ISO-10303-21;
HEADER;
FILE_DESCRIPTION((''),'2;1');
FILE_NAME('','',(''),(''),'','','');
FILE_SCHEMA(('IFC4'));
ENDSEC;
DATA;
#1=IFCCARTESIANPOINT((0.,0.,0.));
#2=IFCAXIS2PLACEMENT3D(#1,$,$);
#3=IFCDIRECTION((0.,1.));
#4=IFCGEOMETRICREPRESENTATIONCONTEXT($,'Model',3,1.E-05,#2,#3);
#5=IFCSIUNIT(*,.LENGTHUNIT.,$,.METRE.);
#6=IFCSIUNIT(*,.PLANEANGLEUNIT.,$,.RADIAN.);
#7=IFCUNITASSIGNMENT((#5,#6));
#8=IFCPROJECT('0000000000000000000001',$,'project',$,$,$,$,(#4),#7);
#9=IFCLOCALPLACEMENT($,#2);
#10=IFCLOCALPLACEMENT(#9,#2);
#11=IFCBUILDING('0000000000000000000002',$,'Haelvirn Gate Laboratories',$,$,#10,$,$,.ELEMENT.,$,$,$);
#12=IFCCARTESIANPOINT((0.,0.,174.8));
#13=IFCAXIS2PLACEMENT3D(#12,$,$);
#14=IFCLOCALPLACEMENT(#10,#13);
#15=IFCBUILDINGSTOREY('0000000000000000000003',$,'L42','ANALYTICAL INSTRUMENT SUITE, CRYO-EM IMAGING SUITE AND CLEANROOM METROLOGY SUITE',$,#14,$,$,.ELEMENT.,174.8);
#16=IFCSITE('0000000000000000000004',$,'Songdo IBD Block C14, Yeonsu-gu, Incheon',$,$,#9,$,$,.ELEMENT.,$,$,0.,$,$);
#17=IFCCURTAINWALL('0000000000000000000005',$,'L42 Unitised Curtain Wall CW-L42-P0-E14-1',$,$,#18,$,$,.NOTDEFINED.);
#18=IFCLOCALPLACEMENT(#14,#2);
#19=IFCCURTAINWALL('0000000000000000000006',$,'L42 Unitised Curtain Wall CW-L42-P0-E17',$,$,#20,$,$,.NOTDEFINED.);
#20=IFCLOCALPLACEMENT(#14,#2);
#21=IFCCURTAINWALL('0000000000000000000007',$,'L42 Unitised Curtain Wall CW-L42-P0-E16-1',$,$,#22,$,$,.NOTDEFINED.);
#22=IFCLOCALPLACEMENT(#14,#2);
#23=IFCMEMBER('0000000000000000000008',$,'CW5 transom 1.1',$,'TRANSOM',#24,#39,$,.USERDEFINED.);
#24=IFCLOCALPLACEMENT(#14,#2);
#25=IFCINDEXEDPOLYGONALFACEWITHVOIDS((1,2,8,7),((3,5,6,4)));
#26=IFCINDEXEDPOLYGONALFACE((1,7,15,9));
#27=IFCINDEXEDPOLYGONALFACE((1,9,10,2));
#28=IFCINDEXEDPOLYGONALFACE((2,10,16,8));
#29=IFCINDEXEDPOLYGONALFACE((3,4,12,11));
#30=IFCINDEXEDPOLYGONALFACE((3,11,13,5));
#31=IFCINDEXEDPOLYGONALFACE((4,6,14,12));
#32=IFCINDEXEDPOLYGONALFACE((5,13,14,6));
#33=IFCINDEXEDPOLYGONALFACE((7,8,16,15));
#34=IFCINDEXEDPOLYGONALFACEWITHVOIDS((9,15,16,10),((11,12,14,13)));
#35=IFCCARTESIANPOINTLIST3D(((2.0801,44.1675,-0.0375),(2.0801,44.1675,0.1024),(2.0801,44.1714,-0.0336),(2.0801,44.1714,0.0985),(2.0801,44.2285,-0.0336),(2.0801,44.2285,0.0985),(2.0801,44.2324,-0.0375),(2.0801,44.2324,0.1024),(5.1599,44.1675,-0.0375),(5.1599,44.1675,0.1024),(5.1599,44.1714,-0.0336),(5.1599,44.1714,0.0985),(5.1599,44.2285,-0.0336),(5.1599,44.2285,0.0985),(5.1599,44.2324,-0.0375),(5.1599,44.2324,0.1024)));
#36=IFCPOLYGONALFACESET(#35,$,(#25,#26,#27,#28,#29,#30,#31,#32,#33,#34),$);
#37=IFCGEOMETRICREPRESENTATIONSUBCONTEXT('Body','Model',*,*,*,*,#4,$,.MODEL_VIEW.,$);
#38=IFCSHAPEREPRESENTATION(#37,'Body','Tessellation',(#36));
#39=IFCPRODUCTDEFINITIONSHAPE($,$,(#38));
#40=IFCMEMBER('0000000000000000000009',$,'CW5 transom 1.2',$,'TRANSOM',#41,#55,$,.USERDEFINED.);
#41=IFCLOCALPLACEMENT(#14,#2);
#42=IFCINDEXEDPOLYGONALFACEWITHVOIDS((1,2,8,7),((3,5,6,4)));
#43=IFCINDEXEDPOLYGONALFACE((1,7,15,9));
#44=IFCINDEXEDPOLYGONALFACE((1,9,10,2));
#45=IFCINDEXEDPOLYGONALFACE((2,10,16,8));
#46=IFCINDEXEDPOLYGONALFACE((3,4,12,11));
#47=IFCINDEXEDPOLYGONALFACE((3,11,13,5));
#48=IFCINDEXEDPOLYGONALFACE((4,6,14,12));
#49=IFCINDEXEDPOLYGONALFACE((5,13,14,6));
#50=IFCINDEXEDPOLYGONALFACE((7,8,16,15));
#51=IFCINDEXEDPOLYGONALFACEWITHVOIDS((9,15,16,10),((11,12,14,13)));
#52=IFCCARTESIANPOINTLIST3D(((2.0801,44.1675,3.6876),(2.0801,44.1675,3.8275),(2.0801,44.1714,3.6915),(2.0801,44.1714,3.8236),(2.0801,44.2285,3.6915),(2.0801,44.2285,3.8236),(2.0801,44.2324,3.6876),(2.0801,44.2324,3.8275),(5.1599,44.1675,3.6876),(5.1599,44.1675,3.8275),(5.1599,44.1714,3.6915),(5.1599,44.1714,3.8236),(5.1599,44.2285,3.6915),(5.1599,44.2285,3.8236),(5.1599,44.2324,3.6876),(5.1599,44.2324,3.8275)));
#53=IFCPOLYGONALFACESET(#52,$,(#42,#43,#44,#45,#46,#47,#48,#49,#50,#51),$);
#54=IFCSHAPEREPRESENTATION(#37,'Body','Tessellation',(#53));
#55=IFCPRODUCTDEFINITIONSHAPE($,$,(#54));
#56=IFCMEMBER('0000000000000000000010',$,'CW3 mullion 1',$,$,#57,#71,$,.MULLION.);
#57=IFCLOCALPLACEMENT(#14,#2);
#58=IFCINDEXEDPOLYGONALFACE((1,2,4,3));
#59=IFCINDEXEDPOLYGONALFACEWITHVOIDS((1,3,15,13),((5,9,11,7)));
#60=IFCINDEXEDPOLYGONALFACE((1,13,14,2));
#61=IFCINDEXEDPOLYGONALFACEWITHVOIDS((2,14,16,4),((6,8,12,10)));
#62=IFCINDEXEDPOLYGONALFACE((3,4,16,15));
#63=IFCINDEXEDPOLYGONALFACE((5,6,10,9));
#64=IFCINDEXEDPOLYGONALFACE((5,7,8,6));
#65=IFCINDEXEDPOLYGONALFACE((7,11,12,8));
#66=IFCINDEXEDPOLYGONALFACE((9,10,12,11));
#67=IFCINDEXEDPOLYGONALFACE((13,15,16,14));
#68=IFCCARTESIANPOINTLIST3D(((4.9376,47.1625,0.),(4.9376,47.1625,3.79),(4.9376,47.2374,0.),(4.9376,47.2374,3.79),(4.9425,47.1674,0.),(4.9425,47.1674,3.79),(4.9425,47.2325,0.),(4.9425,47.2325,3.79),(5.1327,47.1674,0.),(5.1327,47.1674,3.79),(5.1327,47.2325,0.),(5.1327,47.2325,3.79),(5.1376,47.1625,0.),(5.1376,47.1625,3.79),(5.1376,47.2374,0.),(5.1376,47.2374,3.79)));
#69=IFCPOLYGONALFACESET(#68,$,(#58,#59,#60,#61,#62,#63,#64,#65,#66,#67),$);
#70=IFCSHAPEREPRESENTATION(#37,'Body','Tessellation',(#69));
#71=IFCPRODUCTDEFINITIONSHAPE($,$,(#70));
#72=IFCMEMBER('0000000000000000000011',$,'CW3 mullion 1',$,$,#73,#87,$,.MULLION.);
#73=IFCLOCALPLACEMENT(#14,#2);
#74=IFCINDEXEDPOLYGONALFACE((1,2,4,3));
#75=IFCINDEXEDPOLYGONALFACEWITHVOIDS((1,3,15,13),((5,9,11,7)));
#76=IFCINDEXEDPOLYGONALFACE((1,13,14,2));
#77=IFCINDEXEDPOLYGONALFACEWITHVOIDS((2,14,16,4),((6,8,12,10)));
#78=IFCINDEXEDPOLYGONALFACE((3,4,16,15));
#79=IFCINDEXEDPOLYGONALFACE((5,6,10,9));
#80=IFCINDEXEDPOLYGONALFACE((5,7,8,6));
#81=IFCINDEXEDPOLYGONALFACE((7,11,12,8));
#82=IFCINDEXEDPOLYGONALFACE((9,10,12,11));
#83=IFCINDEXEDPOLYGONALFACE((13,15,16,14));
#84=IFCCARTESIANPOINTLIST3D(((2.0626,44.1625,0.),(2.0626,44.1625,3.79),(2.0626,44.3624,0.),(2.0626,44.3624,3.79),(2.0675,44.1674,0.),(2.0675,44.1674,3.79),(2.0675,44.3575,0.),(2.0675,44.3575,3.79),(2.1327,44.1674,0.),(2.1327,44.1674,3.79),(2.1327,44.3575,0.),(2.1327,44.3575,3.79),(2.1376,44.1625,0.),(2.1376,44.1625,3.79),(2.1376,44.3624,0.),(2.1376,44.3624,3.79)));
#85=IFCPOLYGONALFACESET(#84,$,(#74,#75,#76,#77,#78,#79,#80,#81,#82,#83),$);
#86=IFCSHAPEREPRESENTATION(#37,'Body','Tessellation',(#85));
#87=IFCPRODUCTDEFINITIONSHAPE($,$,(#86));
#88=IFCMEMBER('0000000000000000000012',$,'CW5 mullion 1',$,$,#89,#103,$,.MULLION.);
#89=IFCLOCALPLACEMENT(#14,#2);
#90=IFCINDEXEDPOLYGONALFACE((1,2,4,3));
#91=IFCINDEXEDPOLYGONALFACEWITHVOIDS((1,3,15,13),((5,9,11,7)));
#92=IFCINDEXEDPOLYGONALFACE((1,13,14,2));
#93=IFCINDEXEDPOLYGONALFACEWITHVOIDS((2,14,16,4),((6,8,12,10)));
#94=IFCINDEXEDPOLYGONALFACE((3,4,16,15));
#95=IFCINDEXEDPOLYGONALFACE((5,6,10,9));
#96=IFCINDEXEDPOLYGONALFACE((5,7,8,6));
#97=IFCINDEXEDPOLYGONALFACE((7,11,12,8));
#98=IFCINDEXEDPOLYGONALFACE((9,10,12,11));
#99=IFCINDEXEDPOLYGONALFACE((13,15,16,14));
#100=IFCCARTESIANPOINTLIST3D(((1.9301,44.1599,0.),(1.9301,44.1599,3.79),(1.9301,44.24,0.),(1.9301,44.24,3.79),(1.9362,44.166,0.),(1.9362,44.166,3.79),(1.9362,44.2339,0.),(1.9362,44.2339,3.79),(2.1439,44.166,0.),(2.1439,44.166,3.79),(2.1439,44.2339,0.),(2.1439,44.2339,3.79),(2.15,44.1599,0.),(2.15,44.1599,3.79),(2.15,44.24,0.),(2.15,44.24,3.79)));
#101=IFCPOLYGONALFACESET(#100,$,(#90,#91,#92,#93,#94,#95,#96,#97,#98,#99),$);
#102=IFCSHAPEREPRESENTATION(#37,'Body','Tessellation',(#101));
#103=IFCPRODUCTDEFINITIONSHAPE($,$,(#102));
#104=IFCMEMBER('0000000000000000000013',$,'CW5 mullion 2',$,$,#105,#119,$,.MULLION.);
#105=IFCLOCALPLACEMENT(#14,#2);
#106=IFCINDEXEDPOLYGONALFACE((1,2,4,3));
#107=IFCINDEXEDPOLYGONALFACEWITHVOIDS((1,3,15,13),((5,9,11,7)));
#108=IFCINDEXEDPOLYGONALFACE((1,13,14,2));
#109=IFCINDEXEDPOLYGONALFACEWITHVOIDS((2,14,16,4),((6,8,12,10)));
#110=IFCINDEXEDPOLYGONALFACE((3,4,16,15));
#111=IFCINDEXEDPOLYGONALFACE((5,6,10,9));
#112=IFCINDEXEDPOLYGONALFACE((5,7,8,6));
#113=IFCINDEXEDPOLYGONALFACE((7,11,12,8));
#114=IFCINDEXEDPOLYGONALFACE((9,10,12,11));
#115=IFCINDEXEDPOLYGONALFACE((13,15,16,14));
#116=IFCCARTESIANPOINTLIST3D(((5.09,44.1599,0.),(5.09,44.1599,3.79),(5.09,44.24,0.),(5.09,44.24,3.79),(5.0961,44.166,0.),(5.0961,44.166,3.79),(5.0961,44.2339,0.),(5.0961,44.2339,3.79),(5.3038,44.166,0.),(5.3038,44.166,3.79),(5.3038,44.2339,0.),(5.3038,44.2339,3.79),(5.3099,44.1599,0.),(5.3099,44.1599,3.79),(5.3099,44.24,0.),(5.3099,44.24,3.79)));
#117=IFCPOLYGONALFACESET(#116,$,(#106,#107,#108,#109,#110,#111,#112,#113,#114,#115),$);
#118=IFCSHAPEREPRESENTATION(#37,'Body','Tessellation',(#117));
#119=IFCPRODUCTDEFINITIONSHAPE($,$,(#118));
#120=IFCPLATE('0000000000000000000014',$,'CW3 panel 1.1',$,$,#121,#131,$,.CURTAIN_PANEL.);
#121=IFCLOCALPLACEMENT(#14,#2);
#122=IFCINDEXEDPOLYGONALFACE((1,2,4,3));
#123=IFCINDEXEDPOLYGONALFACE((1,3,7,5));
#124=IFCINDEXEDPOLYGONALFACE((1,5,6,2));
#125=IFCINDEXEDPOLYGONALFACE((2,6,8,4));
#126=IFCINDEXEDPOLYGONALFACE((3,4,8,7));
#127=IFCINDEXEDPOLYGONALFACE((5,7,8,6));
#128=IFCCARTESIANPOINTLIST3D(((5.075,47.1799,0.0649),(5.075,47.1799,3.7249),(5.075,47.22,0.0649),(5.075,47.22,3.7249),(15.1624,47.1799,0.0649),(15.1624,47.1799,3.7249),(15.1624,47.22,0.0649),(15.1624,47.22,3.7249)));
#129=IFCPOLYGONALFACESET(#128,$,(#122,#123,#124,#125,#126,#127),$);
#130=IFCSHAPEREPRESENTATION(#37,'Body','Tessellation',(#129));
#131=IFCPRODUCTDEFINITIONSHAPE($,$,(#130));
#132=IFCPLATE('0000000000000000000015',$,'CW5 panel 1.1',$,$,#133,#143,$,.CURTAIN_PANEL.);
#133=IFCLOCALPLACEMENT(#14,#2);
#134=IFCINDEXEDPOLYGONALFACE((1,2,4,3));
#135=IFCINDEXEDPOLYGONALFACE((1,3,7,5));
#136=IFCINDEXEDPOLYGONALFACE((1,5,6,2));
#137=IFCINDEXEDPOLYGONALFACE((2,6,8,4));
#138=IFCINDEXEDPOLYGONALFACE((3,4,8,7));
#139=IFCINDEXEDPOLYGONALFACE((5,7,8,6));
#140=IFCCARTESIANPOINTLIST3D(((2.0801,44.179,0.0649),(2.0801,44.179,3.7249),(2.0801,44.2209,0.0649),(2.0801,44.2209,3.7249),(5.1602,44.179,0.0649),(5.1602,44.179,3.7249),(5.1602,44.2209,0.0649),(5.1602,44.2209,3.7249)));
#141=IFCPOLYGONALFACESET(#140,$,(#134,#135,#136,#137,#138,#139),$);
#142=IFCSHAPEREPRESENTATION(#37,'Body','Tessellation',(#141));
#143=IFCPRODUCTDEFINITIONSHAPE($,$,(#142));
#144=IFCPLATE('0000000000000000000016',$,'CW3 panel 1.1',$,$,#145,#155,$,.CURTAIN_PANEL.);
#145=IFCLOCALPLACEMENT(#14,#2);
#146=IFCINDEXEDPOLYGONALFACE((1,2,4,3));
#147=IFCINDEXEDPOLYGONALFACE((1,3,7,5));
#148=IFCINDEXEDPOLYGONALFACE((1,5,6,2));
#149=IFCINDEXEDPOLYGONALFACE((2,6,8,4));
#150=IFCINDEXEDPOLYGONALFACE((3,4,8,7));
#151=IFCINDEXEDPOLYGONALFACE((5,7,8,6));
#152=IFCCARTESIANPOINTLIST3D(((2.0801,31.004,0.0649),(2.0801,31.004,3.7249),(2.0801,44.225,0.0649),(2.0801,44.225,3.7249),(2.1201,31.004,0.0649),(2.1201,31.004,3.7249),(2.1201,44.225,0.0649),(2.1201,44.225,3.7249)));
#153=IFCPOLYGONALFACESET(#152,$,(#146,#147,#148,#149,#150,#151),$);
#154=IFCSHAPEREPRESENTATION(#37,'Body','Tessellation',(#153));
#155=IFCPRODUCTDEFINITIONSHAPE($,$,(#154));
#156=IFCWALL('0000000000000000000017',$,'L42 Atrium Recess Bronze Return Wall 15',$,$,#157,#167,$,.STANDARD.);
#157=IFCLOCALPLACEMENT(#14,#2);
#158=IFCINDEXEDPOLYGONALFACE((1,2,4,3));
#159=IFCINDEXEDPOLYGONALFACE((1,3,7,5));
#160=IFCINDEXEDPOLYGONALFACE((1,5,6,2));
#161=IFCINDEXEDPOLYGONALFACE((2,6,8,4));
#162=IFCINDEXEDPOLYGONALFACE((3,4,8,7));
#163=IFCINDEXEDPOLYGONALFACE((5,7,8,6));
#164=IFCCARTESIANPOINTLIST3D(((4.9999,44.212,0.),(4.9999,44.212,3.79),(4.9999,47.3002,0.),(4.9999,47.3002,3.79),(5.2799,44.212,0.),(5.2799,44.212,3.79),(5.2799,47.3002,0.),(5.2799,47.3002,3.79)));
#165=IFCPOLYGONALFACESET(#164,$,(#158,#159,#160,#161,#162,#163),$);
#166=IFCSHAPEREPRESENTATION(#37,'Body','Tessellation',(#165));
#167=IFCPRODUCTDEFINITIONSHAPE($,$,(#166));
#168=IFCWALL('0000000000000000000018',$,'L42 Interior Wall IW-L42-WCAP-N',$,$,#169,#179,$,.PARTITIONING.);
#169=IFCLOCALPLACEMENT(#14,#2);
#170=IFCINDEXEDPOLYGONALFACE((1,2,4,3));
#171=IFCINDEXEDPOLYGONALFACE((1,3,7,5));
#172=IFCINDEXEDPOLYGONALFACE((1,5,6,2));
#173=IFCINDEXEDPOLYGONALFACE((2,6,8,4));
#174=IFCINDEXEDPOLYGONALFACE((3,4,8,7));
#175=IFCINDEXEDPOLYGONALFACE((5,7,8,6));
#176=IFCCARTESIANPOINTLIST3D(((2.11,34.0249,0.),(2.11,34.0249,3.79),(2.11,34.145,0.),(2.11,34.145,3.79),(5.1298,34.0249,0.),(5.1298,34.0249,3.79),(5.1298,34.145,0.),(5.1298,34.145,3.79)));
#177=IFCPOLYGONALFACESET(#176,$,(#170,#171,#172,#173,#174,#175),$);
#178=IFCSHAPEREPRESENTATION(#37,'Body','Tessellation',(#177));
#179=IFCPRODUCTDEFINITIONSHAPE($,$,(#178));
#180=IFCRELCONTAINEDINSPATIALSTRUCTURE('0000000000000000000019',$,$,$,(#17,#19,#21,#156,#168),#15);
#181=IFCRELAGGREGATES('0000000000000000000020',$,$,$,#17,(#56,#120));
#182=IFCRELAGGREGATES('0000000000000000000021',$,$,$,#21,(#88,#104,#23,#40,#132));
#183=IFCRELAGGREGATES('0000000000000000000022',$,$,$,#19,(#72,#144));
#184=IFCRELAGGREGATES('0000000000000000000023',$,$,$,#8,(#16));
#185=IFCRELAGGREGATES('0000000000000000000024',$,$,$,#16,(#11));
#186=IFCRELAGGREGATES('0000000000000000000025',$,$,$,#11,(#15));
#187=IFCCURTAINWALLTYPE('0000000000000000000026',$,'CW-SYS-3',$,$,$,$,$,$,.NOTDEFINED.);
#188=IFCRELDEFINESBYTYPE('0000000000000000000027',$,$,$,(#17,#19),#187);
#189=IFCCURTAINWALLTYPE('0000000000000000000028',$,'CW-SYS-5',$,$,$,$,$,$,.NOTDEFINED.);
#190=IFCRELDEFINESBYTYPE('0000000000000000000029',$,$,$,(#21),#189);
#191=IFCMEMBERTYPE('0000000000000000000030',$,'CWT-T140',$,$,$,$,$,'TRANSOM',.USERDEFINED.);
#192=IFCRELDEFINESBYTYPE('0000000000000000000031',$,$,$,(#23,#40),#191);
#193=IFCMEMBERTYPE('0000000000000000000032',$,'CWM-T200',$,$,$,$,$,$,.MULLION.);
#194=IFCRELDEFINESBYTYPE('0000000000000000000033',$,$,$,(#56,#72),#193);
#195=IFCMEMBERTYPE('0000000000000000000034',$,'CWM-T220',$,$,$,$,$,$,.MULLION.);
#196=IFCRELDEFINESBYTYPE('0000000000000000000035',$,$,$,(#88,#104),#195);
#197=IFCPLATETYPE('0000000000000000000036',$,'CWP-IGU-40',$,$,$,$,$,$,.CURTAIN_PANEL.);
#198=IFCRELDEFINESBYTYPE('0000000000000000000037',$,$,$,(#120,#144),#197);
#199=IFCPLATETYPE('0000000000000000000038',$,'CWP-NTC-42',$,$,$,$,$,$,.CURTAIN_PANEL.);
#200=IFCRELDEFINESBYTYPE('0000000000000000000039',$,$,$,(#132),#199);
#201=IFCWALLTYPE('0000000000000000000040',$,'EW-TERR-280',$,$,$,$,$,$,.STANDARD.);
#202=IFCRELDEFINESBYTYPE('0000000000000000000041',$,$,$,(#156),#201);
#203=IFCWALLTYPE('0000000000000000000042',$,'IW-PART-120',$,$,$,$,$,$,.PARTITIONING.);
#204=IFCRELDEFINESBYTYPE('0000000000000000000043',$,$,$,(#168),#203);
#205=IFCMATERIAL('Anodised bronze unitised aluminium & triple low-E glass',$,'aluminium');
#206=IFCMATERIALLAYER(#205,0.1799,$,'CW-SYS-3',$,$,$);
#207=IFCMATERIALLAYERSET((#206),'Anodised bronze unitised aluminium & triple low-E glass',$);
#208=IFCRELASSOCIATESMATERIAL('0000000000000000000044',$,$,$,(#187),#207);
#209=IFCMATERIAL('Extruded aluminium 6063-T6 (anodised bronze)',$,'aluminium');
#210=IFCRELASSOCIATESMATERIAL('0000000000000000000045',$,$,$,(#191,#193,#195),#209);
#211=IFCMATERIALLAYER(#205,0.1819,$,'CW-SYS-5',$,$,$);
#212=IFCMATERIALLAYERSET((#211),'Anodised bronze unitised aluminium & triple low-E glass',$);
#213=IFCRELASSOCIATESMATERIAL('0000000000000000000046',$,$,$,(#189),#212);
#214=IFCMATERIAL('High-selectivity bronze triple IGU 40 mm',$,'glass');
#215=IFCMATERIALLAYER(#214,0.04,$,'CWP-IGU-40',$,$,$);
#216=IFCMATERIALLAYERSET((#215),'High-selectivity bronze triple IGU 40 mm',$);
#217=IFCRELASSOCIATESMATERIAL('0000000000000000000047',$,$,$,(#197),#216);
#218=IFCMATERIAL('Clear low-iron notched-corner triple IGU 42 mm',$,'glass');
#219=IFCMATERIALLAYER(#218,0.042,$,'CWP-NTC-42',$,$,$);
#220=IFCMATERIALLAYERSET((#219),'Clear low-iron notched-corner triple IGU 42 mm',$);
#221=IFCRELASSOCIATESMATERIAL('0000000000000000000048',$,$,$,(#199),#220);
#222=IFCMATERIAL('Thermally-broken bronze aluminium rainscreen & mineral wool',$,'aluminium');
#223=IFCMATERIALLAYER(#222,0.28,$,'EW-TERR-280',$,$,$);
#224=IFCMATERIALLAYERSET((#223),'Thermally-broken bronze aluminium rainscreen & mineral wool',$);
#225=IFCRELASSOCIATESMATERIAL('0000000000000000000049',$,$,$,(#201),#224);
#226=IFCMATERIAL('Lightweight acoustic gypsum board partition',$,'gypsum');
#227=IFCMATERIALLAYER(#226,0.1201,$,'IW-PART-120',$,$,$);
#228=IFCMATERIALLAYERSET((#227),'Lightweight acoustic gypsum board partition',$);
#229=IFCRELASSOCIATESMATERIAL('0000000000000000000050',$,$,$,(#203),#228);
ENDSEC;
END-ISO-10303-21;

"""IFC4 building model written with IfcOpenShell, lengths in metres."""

from ifc_helpers import new_model, si_unit, direction, frame, frame_2d, origin, origin_2d, place, context, subcontext, project, spatial, rectangle, hollow_rectangle, extrude, source, transform, mapped, material, layer, layer_set, material_profile, profile_set, type_object, type_shapes, element, aggregate, save


model = new_model("IFC4")

# Units and contexts
model_context = context("Model", 3, precision=1e-05, world=origin(), true_north=direction((0.0, 1.0)))
body_context = subcontext(model_context, "Body", "Model", "MODEL_VIEW")
ifc_project = project(units=[si_unit("LENGTHUNIT", "METRE"), si_unit("PLANEANGLEUNIT", "RADIAN")], contexts=[model_context])

# Site, building, storey
site_placement = place(None, origin())
site = spatial("IfcSite", under=ifc_project, at=site_placement, Name="Songdo IBD Block C14, Yeonsu-gu, Incheon", CompositionType="ELEMENT", RefElevation=0.0)
building_placement = place(site_placement, origin())
building = spatial("IfcBuilding", under=site, at=building_placement, Name="Haelvirn Gate Laboratories", CompositionType="ELEMENT")
storey_placement = place(building_placement, frame((0.0, 0.0, 174.8)))
storey = spatial("IfcBuildingStorey", under=building, at=storey_placement, Name="L42", Description="ANALYTICAL INSTRUMENT SUITE, CRYO-EM IMAGING SUITE AND CLEANROOM METROLOGY SUITE", CompositionType="ELEMENT", Elevation=174.8)

# Curtain walls, members
ifc_material_1 = material(Name="Anodised bronze unitised aluminium & triple low-E glass", Category="aluminium")
ifc_layer_1 = layer(ifc_material_1, 0.1799, Name="CW-SYS-3")
ifc_layer_set_1 = layer_set([ifc_layer_1], Name="Anodised bronze unitised aluminium & triple low-E glass")
curtain_wall_type_1 = type_object("IfcCurtainWallType", Name="CW-SYS-3", PredefinedType="NOTDEFINED", material=ifc_layer_set_1)
curtain_wall_1_placement = place(storey_placement, origin())
curtain_wall_1 = element("IfcCurtainWall", 1, at=curtain_wall_1_placement, inside=storey, type_object=curtain_wall_type_1, Name="L42 Unitised Curtain Wall CW-L42-P0-E14-1", PredefinedType="NOTDEFINED")
ifc_material_2 = material(Name="Extruded aluminium 6063-T6 (anodised bronze)", Category="aluminium")
ifc_material_profile_1 = material_profile(ifc_material_2, hollow_rectangle(XDim=0.0649, YDim=0.1399, WallThickness=0.0039, at=origin_2d()), Name="CWT-140x65x4")
ifc_profile_set_1 = profile_set([ifc_material_profile_1], Name="Extruded aluminium 6063-T6 (anodised bronze)")
member_type_1 = type_object("IfcMemberType", Name="CWT-T140", ElementType="TRANSOM", PredefinedType="USERDEFINED", material=ifc_profile_set_1)
curtain_wall_2_placement = place(storey_placement, origin())
curtain_wall_2 = element("IfcCurtainWall", 2, at=curtain_wall_2_placement, inside=storey, type_object=curtain_wall_type_1, Name="L42 Unitised Curtain Wall CW-L42-P0-E17", PredefinedType="NOTDEFINED")
ifc_layer_2 = layer(ifc_material_1, 0.1819, Name="CW-SYS-5")
ifc_layer_set_2 = layer_set([ifc_layer_2], Name="Anodised bronze unitised aluminium & triple low-E glass")
curtain_wall_type_2 = type_object("IfcCurtainWallType", Name="CW-SYS-5", PredefinedType="NOTDEFINED", material=ifc_layer_set_2)
curtain_wall_3_placement = place(storey_placement, origin())
curtain_wall_3 = element("IfcCurtainWall", 3, at=curtain_wall_3_placement, inside=storey, type_object=curtain_wall_type_2, Name="L42 Unitised Curtain Wall CW-L42-P0-E16-1", PredefinedType="NOTDEFINED")
shared_shape_1 = source(origin(), body_context, "Body", "SweptSolid", [
    extrude(hollow_rectangle(XDim=0.0649, YDim=0.1399, WallThickness=0.0039, at=origin_2d()), origin(), (0.0, 0.0, 1.0), 3.0798),
])
member_1_placement = place(storey_placement, frame((2.0801, 44.2, 0.0325), z_axis=(1.0, 0.0, 0.0), x_axis=(0.0, 1.0, 0.0)))
member_1 = element("IfcMember", 4, at=member_1_placement, type_object=member_type_1, Name="CW5 transom 1.1", ObjectType="TRANSOM", PredefinedType="USERDEFINED", context=body_context, shape_type="MappedRepresentation", body=[
    mapped(shared_shape_1, transform((0.0, 0.0, 0.0), scale=1.0)),
])
member_2_placement = place(storey_placement, frame((2.0801, 44.2, 3.7576), z_axis=(1.0, 0.0, 0.0), x_axis=(0.0, 1.0, 0.0)))
member_2 = element("IfcMember", 5, at=member_2_placement, type_object=member_type_1, Name="CW5 transom 1.2", ObjectType="TRANSOM", PredefinedType="USERDEFINED", context=body_context, shape_type="MappedRepresentation", body=[
    mapped(shared_shape_1, transform((0.0, 0.0, 0.0), scale=1.0)),
])

# Members
ifc_material_profile_2 = material_profile(ifc_material_2, hollow_rectangle(XDim=0.075, YDim=0.2, WallThickness=0.0049, at=origin_2d()), Name="CWM-200x75x5")
ifc_profile_set_2 = profile_set([ifc_material_profile_2], Name="Extruded aluminium 6063-T6 (anodised bronze)")
member_type_2 = type_object("IfcMemberType", Name="CWM-T200", PredefinedType="MULLION", material=ifc_profile_set_2)
shared_shape_2 = source(origin(), body_context, "Body", "SweptSolid", [
    extrude(hollow_rectangle(XDim=0.075, YDim=0.2, WallThickness=0.0049, at=origin_2d()), origin(), (0.0, 0.0, 1.0), 3.79),
])
type_shapes(member_type_2, [shared_shape_2])
member_3_placement = place(storey_placement, frame((5.0376, 47.2, 0.0), z_axis=(0.0, 0.0, 1.0), x_axis=(0.0, 1.0, 0.0)))
member_3 = element("IfcMember", 6, at=member_3_placement, type_object=member_type_2, Name="CW3 mullion 1", PredefinedType="MULLION", context=body_context, shape_type="MappedRepresentation", body=[
    mapped(shared_shape_2, transform((0.0, 0.0, 0.0), scale=1.0)),
])
member_4_placement = place(storey_placement, frame((2.1001, 44.2625, 0.0), z_axis=(0.0, 0.0, 1.0), x_axis=(1.0, 0.0, 0.0)))
member_4 = element("IfcMember", 7, at=member_4_placement, type_object=member_type_2, Name="CW3 mullion 1", PredefinedType="MULLION", context=body_context, shape_type="MappedRepresentation", body=[
    mapped(shared_shape_2, transform((0.0, 0.0, 0.0), scale=1.0)),
])
ifc_material_profile_3 = material_profile(ifc_material_2, hollow_rectangle(XDim=0.0801, YDim=0.22, WallThickness=0.0061, at=origin_2d()), Name="CWM-220x80x6")
ifc_profile_set_3 = profile_set([ifc_material_profile_3], Name="Extruded aluminium 6063-T6 (anodised bronze)")
member_type_3 = type_object("IfcMemberType", Name="CWM-T220", PredefinedType="MULLION", material=ifc_profile_set_3)
shared_shape_3 = source(origin(), body_context, "Body", "SweptSolid", [
    extrude(hollow_rectangle(XDim=0.0801, YDim=0.22, WallThickness=0.0061, at=origin_2d()), origin(), (0.0, 0.0, 1.0), 3.79),
])
type_shapes(member_type_3, [shared_shape_3])
member_5_placement = place(storey_placement, frame((2.04, 44.2, 0.0), z_axis=(0.0, 0.0, 1.0), x_axis=(0.0, 1.0, 0.0)))
member_5 = element("IfcMember", 8, at=member_5_placement, type_object=member_type_3, Name="CW5 mullion 1", PredefinedType="MULLION", context=body_context, shape_type="MappedRepresentation", body=[
    mapped(shared_shape_3, transform((0.0, 0.0, 0.0), scale=1.0)),
])
member_6_placement = place(storey_placement, frame((5.2, 44.2, 0.0), z_axis=(0.0, 0.0, 1.0), x_axis=(0.0, 1.0, 0.0)))
member_6 = element("IfcMember", 9, at=member_6_placement, type_object=member_type_3, Name="CW5 mullion 2", PredefinedType="MULLION", context=body_context, shape_type="MappedRepresentation", body=[
    mapped(shared_shape_3, transform((0.0, 0.0, 0.0), scale=1.0)),
])

# Plates
ifc_material_3 = material(Name="High-selectivity bronze triple IGU 40 mm", Category="glass")
ifc_layer_3 = layer(ifc_material_3, 0.04, Name="CWP-IGU-40")
ifc_layer_set_3 = layer_set([ifc_layer_3], Name="High-selectivity bronze triple IGU 40 mm")
plate_type_1 = type_object("IfcPlateType", Name="CWP-IGU-40", PredefinedType="CURTAIN_PANEL", material=ifc_layer_set_3)
shared_shape_4 = source(origin(), body_context, "Body", "SweptSolid", [
    extrude(rectangle(XDim=10.0874, YDim=0.04, at=origin_2d()), origin(), (0.0, 0.0, 1.0), 3.6599),
])
plate_1_placement = place(storey_placement, frame((10.1187, 47.2, 0.0649), z_axis=(0.0, 0.0, 1.0), x_axis=(1.0, 0.0, 0.0)))
plate_1 = element("IfcPlate", 10, at=plate_1_placement, type_object=plate_type_1, Name="CW3 panel 1.1", PredefinedType="CURTAIN_PANEL", context=body_context, shape_type="MappedRepresentation", body=[
    mapped(shared_shape_4, transform((0.0, 0.0, 0.0), scale=1.0)),
])
aggregate(curtain_wall_1, [member_3, plate_1])
ifc_material_4 = material(Name="Clear low-iron notched-corner triple IGU 42 mm", Category="glass")
ifc_layer_4 = layer(ifc_material_4, 0.042, Name="CWP-NTC-42")
ifc_layer_set_4 = layer_set([ifc_layer_4], Name="Clear low-iron notched-corner triple IGU 42 mm")
plate_type_2 = type_object("IfcPlateType", Name="CWP-NTC-42", PredefinedType="CURTAIN_PANEL", material=ifc_layer_set_4)
shared_shape_5 = source(origin(), body_context, "Body", "SweptSolid", [
    extrude(rectangle(XDim=3.0801, YDim=0.042, at=origin_2d()), origin(), (0.0, 0.0, 1.0), 3.6599),
])
type_shapes(plate_type_2, [shared_shape_5])
plate_2_placement = place(storey_placement, frame((3.6201, 44.2, 0.0649), z_axis=(0.0, 0.0, 1.0), x_axis=(1.0, 0.0, 0.0)))
plate_2 = element("IfcPlate", 11, at=plate_2_placement, type_object=plate_type_2, Name="CW5 panel 1.1", PredefinedType="CURTAIN_PANEL", context=body_context, shape_type="MappedRepresentation", body=[
    mapped(shared_shape_5, transform((0.0, 0.0, 0.0), scale=1.0)),
])
aggregate(curtain_wall_3, [member_5, member_6, member_1, member_2, plate_2])
shared_shape_6 = source(origin(), body_context, "Body", "SweptSolid", [
    extrude(rectangle(XDim=13.2209, YDim=0.04, at=origin_2d()), origin(), (0.0, 0.0, 1.0), 3.6599),
])
type_shapes(plate_type_1, [shared_shape_4, shared_shape_6])
plate_3_placement = place(storey_placement, frame((2.1001, 37.6145, 0.0649), z_axis=(0.0, 0.0, 1.0), x_axis=(0.0, -1.0, 0.0)))
plate_3 = element("IfcPlate", 12, at=plate_3_placement, type_object=plate_type_1, Name="CW3 panel 1.1", PredefinedType="CURTAIN_PANEL", context=body_context, shape_type="MappedRepresentation", body=[
    mapped(shared_shape_6, transform((0.0, 0.0, 0.0), scale=1.0)),
])
aggregate(curtain_wall_2, [member_4, plate_3])

# Walls
ifc_material_5 = material(Name="Thermally-broken bronze aluminium rainscreen & mineral wool", Category="aluminium")
ifc_layer_5 = layer(ifc_material_5, 0.28, Name="EW-TERR-280")
ifc_layer_set_5 = layer_set([ifc_layer_5], Name="Thermally-broken bronze aluminium rainscreen & mineral wool")
wall_type_1 = type_object("IfcWallType", Name="EW-TERR-280", PredefinedType="STANDARD", material=ifc_layer_set_5)
wall_1_placement = place(storey_placement, frame((5.1399, 47.3, 0.0), z_axis=(0.0, 0.0, 1.0), x_axis=(0.0, -1.0, 0.0)))
element("IfcWall", 13, at=wall_1_placement, inside=storey, type_object=wall_type_1, Name="L42 Atrium Recess Bronze Return Wall 15", PredefinedType="STANDARD", context=body_context, shape_type="SweptSolid", body=[
    extrude(rectangle(XDim=3.0881, YDim=0.28, at=frame_2d((1.5439, 0.0))), origin(), (0.0, 0.0, 1.0), 3.79),
])
ifc_material_6 = material(Name="Lightweight acoustic gypsum board partition", Category="gypsum")
ifc_layer_6 = layer(ifc_material_6, 0.1201, Name="IW-PART-120")
ifc_layer_set_6 = layer_set([ifc_layer_6], Name="Lightweight acoustic gypsum board partition")
wall_type_2 = type_object("IfcWallType", Name="IW-PART-120", PredefinedType="PARTITIONING", material=ifc_layer_set_6)
wall_2_placement = place(storey_placement, frame((2.1101, 34.085, 0.0), z_axis=(0.0, 0.0, 1.0), x_axis=(1.0, 0.0, 0.0)))
element("IfcWall", 14, at=wall_2_placement, inside=storey, type_object=wall_type_2, Name="L42 Interior Wall IW-L42-WCAP-N", PredefinedType="PARTITIONING", context=body_context, shape_type="SweptSolid", body=[
    extrude(rectangle(XDim=3.0198, YDim=0.1201, at=frame_2d((1.5098, 0.0))), origin(), (0.0, 0.0, 1.0), 3.79),
])

save(model, "model.ifc")
